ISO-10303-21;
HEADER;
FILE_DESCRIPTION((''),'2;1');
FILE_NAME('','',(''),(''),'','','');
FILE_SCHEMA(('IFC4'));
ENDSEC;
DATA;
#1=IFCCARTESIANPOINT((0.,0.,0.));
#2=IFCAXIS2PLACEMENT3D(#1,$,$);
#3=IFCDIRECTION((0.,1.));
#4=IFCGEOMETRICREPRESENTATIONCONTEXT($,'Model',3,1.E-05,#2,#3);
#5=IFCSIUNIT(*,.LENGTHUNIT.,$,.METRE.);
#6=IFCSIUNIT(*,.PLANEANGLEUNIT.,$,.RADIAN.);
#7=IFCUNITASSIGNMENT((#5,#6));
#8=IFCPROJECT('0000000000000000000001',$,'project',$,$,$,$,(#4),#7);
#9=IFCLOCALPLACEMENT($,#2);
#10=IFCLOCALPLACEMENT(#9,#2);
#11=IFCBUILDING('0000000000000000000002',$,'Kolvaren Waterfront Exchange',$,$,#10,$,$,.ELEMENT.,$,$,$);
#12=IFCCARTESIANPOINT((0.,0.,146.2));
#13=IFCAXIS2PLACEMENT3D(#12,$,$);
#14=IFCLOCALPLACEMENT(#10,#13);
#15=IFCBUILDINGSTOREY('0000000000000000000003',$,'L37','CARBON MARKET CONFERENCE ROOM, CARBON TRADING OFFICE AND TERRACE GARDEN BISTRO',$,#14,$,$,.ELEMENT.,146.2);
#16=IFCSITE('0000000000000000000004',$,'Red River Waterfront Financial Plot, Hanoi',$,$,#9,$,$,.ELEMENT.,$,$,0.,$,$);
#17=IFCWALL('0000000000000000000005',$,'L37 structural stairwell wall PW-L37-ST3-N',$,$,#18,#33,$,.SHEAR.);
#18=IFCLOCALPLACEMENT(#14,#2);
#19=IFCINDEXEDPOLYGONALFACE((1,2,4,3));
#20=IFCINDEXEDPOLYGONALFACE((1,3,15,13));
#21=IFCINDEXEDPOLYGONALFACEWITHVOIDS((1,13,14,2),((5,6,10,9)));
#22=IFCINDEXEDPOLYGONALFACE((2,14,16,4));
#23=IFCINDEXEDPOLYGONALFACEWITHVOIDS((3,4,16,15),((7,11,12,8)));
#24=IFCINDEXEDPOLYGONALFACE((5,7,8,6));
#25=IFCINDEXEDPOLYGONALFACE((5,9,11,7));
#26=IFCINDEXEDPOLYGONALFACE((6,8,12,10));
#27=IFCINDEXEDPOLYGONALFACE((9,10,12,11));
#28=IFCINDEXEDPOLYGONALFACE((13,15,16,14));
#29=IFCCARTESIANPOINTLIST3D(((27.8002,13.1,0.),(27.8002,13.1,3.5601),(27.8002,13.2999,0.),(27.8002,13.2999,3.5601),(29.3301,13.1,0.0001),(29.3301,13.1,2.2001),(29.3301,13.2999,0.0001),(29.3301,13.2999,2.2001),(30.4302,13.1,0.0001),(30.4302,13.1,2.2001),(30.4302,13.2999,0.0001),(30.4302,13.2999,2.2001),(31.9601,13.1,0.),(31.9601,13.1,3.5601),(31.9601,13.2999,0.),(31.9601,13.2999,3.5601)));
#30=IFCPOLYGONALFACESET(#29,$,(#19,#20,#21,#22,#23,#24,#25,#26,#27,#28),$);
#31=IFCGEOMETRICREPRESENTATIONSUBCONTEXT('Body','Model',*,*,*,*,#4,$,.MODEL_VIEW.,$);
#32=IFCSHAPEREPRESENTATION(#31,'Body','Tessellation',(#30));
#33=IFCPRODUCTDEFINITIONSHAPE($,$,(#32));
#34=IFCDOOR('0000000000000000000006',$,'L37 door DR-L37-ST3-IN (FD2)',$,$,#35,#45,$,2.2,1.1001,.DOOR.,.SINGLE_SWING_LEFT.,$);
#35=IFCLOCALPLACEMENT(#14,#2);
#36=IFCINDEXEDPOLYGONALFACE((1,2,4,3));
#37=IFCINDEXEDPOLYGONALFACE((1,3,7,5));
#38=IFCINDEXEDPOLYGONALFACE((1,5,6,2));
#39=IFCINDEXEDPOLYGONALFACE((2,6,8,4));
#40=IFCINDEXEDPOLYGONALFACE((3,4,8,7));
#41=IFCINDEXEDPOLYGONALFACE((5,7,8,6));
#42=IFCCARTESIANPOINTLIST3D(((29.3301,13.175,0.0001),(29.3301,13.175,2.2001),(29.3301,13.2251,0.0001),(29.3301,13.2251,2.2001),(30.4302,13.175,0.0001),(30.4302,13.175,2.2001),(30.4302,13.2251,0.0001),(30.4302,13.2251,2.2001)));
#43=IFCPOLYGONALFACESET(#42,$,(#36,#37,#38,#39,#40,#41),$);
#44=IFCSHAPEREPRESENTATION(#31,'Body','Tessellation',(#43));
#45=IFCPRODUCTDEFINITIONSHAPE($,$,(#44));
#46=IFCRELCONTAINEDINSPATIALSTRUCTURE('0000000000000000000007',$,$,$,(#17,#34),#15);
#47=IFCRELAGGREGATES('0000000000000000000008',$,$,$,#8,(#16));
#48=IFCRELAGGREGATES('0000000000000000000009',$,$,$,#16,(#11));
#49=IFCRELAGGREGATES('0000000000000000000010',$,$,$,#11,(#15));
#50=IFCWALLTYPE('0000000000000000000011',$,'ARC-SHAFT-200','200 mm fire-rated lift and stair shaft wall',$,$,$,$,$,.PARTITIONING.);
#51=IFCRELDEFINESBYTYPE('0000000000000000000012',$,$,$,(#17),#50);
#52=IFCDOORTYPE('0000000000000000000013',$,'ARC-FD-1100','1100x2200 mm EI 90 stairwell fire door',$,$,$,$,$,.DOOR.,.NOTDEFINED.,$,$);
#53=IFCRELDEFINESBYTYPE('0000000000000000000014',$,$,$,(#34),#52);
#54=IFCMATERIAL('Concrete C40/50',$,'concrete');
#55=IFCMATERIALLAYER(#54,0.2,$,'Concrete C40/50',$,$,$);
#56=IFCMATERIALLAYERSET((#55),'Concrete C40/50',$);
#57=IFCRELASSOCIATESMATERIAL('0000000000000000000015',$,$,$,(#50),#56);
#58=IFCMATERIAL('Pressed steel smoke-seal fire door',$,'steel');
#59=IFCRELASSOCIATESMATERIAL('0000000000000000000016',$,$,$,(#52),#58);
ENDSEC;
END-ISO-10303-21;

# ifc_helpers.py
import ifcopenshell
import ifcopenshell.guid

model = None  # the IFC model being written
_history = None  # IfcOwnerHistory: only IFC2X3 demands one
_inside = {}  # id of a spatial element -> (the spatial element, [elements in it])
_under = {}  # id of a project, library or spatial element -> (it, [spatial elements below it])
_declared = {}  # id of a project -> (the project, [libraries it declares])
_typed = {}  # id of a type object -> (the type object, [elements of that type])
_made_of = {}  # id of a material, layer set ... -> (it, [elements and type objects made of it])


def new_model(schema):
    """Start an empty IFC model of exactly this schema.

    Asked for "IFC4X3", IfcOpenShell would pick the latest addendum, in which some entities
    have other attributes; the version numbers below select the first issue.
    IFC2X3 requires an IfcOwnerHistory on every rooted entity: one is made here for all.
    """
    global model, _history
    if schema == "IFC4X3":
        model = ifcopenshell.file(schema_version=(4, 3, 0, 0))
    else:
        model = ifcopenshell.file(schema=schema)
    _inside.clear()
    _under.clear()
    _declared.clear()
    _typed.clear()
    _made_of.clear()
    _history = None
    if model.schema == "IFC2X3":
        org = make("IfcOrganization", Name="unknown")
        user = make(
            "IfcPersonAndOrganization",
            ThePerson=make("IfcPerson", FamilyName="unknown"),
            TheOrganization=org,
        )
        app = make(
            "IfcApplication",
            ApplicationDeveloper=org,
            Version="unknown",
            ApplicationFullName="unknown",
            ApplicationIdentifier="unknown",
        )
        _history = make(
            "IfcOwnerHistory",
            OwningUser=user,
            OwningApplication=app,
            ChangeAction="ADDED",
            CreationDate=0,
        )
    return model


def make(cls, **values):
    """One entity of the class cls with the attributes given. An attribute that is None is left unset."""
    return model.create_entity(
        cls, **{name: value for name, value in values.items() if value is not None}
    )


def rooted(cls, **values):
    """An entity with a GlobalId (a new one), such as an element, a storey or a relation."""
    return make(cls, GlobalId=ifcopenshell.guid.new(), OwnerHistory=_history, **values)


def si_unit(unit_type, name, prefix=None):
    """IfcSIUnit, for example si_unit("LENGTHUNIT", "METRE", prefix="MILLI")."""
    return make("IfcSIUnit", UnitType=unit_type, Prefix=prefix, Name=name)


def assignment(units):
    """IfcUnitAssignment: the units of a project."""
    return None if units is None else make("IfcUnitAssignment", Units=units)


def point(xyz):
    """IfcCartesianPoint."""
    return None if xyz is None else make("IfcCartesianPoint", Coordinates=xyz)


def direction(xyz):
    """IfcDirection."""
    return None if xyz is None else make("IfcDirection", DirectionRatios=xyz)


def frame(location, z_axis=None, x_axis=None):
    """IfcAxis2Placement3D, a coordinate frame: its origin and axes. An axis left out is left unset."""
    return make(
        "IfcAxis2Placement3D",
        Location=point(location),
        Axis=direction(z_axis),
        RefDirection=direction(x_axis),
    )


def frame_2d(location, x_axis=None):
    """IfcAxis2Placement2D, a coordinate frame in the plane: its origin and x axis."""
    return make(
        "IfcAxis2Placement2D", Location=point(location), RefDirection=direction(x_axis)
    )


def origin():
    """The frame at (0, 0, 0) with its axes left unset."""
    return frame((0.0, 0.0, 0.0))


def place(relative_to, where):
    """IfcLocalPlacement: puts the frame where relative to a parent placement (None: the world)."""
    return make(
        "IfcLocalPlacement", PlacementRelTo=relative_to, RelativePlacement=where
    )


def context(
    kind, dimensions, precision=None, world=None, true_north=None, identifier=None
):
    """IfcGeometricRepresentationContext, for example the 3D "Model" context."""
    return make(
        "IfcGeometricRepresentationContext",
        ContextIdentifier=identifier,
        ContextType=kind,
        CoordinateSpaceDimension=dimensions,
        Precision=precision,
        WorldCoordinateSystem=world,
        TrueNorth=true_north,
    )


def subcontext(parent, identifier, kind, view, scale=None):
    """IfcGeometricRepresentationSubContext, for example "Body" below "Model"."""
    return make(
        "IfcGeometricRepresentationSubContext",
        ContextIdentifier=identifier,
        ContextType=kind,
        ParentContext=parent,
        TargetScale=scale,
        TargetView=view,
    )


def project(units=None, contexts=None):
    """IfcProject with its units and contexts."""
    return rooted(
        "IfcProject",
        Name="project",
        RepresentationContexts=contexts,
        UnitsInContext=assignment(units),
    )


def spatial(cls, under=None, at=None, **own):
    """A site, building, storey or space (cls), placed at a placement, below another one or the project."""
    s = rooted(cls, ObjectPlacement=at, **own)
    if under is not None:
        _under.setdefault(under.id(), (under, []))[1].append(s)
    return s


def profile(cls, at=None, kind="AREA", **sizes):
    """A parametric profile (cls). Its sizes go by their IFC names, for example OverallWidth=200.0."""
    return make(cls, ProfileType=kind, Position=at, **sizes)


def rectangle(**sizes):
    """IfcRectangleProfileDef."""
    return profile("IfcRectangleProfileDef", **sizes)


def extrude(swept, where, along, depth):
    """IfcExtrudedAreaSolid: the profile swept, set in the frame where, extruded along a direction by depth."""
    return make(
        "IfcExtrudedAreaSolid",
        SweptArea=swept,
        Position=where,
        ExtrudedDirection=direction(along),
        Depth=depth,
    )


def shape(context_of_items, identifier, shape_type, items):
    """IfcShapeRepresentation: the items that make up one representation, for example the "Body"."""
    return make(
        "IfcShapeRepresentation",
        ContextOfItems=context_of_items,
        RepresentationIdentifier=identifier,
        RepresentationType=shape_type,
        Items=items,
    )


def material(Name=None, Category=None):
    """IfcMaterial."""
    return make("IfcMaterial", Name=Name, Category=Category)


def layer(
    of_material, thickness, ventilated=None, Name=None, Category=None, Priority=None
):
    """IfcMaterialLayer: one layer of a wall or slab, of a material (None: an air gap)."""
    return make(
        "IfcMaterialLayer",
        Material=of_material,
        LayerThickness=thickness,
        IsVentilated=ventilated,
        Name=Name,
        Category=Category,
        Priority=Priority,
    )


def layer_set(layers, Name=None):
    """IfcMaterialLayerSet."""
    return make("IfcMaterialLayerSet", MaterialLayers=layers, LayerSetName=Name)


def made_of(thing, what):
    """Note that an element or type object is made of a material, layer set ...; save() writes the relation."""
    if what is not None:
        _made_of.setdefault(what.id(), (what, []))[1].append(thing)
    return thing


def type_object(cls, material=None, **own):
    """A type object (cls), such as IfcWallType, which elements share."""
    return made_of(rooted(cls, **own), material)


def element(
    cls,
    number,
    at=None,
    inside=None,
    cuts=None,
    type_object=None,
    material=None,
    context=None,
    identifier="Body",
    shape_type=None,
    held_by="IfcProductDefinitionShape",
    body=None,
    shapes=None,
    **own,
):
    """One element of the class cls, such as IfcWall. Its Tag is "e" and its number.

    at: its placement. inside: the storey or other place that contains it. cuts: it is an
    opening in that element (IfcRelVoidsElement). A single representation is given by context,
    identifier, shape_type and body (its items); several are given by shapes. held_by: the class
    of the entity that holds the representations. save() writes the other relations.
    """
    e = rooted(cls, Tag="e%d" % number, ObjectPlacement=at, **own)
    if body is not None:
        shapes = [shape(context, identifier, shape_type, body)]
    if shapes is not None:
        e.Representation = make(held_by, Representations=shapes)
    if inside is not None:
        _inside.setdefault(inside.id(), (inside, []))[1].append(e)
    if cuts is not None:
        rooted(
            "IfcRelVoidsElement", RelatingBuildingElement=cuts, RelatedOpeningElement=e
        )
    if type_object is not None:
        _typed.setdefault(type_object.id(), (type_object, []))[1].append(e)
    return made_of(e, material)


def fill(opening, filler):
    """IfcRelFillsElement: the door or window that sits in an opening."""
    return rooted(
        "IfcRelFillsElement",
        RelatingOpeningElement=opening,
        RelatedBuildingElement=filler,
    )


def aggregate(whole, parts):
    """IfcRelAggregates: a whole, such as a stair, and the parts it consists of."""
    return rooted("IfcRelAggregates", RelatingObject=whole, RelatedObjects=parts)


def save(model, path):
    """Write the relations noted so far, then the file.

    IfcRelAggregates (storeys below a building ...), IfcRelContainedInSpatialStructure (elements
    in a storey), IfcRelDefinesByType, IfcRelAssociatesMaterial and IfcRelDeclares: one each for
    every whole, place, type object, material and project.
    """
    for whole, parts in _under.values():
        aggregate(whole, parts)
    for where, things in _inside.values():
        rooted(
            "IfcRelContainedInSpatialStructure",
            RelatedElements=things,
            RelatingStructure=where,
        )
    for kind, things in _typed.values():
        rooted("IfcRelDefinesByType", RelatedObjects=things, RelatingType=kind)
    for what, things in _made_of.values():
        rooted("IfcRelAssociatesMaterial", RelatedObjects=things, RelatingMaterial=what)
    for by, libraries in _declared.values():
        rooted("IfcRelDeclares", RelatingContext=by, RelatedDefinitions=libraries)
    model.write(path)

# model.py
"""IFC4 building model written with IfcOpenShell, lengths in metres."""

from ifc_helpers import new_model, si_unit, direction, frame, frame_2d, origin, place, context, subcontext, project, spatial, rectangle, extrude, material, layer, layer_set, type_object, element, fill, save


model = new_model("IFC4")

# Units and contexts
model_context = context("Model", 3, precision=1e-05, world=origin(), true_north=direction((0.0, 1.0)))
body_context = subcontext(model_context, "Body", "Model", "MODEL_VIEW")
ifc_project = project(units=[si_unit("LENGTHUNIT", "METRE"), si_unit("PLANEANGLEUNIT", "RADIAN")], contexts=[model_context])

# Site, building, storey
site_placement = place(None, origin())
site = spatial("IfcSite", under=ifc_project, at=site_placement, Name="Red River Waterfront Financial Plot, Hanoi", CompositionType="ELEMENT", RefElevation=0.0)
building_placement = place(site_placement, origin())
building = spatial("IfcBuilding", under=site, at=building_placement, Name="Kolvaren Waterfront Exchange", CompositionType="ELEMENT")
storey_placement = place(building_placement, frame((0.0, 0.0, 146.2)))
storey = spatial("IfcBuildingStorey", under=building, at=storey_placement, Name="L37", Description="CARBON MARKET CONFERENCE ROOM, CARBON TRADING OFFICE AND TERRACE GARDEN BISTRO", CompositionType="ELEMENT", Elevation=146.2)

# Wall, opening, door
ifc_material_1 = material(Name="Concrete C40/50", Category="concrete")
ifc_layer_1 = layer(ifc_material_1, 0.2, Name="Concrete C40/50")
ifc_layer_set_1 = layer_set([ifc_layer_1], Name="Concrete C40/50")
wall_type_1 = type_object("IfcWallType", Name="ARC-SHAFT-200", Description="200 mm fire-rated lift and stair shaft wall", PredefinedType="PARTITIONING", material=ifc_layer_set_1)
wall_1_placement = place(storey_placement, frame((27.8, 13.2, 0.0), z_axis=(0.0, 0.0, 1.0), x_axis=(1.0, 0.0, 0.0)))
wall_1 = element("IfcWall", 1, at=wall_1_placement, inside=storey, type_object=wall_type_1, Name="L37 structural stairwell wall PW-L37-ST3-N", PredefinedType="SHEAR", context=body_context, shape_type="SweptSolid", body=[
    extrude(rectangle(XDim=4.1599, YDim=0.2, at=frame_2d((2.0801, 0.0))), origin(), (0.0, 0.0, 1.0), 3.5601),
])
opening_1_placement = place(wall_1_placement, frame((1.53, 0.0, 0.0)))
opening_1 = element("IfcOpeningElement", 2, at=opening_1_placement, cuts=wall_1, PredefinedType="OPENING", context=body_context, shape_type="SweptSolid", body=[
    extrude(rectangle(XDim=1.1001, YDim=2.2, at=frame_2d((0.55, 1.1001))), frame((0.0, 0.1099, 0.0), z_axis=(0.0, -1.0, 0.0), x_axis=(1.0, 0.0, 0.0)), (0.0, 0.0, 1.0), 0.22),
])
ifc_material_2 = material(Name="Pressed steel smoke-seal fire door", Category="steel")
door_type_1 = type_object("IfcDoorType", Name="ARC-FD-1100", Description="1100x2200 mm EI 90 stairwell fire door", OperationType="NOTDEFINED", PredefinedType="DOOR", material=ifc_material_2)
door_1_placement = place(opening_1_placement, frame((1.1001, 0.0, 0.0), z_axis=(0.0, 0.0, 1.0), x_axis=(-1.0, 0.0, 0.0)))
door_1 = element("IfcDoor", 3, at=door_1_placement, inside=storey, type_object=door_type_1, Name="L37 door DR-L37-ST3-IN (FD2)", OperationType="SINGLE_SWING_LEFT", OverallHeight=2.2, OverallWidth=1.1001, PredefinedType="DOOR", context=body_context, shape_type="SweptSolid", body=[
    extrude(rectangle(XDim=1.1001, YDim=2.2, at=frame_2d((0.55, 1.1001))), frame((0.0, 0.0249, 0.0), z_axis=(0.0, -1.0, 0.0), x_axis=(1.0, 0.0, 0.0)), (0.0, 0.0, 1.0), 0.05),
])
fill(opening_1, door_1)

save(model, "model.ifc")
